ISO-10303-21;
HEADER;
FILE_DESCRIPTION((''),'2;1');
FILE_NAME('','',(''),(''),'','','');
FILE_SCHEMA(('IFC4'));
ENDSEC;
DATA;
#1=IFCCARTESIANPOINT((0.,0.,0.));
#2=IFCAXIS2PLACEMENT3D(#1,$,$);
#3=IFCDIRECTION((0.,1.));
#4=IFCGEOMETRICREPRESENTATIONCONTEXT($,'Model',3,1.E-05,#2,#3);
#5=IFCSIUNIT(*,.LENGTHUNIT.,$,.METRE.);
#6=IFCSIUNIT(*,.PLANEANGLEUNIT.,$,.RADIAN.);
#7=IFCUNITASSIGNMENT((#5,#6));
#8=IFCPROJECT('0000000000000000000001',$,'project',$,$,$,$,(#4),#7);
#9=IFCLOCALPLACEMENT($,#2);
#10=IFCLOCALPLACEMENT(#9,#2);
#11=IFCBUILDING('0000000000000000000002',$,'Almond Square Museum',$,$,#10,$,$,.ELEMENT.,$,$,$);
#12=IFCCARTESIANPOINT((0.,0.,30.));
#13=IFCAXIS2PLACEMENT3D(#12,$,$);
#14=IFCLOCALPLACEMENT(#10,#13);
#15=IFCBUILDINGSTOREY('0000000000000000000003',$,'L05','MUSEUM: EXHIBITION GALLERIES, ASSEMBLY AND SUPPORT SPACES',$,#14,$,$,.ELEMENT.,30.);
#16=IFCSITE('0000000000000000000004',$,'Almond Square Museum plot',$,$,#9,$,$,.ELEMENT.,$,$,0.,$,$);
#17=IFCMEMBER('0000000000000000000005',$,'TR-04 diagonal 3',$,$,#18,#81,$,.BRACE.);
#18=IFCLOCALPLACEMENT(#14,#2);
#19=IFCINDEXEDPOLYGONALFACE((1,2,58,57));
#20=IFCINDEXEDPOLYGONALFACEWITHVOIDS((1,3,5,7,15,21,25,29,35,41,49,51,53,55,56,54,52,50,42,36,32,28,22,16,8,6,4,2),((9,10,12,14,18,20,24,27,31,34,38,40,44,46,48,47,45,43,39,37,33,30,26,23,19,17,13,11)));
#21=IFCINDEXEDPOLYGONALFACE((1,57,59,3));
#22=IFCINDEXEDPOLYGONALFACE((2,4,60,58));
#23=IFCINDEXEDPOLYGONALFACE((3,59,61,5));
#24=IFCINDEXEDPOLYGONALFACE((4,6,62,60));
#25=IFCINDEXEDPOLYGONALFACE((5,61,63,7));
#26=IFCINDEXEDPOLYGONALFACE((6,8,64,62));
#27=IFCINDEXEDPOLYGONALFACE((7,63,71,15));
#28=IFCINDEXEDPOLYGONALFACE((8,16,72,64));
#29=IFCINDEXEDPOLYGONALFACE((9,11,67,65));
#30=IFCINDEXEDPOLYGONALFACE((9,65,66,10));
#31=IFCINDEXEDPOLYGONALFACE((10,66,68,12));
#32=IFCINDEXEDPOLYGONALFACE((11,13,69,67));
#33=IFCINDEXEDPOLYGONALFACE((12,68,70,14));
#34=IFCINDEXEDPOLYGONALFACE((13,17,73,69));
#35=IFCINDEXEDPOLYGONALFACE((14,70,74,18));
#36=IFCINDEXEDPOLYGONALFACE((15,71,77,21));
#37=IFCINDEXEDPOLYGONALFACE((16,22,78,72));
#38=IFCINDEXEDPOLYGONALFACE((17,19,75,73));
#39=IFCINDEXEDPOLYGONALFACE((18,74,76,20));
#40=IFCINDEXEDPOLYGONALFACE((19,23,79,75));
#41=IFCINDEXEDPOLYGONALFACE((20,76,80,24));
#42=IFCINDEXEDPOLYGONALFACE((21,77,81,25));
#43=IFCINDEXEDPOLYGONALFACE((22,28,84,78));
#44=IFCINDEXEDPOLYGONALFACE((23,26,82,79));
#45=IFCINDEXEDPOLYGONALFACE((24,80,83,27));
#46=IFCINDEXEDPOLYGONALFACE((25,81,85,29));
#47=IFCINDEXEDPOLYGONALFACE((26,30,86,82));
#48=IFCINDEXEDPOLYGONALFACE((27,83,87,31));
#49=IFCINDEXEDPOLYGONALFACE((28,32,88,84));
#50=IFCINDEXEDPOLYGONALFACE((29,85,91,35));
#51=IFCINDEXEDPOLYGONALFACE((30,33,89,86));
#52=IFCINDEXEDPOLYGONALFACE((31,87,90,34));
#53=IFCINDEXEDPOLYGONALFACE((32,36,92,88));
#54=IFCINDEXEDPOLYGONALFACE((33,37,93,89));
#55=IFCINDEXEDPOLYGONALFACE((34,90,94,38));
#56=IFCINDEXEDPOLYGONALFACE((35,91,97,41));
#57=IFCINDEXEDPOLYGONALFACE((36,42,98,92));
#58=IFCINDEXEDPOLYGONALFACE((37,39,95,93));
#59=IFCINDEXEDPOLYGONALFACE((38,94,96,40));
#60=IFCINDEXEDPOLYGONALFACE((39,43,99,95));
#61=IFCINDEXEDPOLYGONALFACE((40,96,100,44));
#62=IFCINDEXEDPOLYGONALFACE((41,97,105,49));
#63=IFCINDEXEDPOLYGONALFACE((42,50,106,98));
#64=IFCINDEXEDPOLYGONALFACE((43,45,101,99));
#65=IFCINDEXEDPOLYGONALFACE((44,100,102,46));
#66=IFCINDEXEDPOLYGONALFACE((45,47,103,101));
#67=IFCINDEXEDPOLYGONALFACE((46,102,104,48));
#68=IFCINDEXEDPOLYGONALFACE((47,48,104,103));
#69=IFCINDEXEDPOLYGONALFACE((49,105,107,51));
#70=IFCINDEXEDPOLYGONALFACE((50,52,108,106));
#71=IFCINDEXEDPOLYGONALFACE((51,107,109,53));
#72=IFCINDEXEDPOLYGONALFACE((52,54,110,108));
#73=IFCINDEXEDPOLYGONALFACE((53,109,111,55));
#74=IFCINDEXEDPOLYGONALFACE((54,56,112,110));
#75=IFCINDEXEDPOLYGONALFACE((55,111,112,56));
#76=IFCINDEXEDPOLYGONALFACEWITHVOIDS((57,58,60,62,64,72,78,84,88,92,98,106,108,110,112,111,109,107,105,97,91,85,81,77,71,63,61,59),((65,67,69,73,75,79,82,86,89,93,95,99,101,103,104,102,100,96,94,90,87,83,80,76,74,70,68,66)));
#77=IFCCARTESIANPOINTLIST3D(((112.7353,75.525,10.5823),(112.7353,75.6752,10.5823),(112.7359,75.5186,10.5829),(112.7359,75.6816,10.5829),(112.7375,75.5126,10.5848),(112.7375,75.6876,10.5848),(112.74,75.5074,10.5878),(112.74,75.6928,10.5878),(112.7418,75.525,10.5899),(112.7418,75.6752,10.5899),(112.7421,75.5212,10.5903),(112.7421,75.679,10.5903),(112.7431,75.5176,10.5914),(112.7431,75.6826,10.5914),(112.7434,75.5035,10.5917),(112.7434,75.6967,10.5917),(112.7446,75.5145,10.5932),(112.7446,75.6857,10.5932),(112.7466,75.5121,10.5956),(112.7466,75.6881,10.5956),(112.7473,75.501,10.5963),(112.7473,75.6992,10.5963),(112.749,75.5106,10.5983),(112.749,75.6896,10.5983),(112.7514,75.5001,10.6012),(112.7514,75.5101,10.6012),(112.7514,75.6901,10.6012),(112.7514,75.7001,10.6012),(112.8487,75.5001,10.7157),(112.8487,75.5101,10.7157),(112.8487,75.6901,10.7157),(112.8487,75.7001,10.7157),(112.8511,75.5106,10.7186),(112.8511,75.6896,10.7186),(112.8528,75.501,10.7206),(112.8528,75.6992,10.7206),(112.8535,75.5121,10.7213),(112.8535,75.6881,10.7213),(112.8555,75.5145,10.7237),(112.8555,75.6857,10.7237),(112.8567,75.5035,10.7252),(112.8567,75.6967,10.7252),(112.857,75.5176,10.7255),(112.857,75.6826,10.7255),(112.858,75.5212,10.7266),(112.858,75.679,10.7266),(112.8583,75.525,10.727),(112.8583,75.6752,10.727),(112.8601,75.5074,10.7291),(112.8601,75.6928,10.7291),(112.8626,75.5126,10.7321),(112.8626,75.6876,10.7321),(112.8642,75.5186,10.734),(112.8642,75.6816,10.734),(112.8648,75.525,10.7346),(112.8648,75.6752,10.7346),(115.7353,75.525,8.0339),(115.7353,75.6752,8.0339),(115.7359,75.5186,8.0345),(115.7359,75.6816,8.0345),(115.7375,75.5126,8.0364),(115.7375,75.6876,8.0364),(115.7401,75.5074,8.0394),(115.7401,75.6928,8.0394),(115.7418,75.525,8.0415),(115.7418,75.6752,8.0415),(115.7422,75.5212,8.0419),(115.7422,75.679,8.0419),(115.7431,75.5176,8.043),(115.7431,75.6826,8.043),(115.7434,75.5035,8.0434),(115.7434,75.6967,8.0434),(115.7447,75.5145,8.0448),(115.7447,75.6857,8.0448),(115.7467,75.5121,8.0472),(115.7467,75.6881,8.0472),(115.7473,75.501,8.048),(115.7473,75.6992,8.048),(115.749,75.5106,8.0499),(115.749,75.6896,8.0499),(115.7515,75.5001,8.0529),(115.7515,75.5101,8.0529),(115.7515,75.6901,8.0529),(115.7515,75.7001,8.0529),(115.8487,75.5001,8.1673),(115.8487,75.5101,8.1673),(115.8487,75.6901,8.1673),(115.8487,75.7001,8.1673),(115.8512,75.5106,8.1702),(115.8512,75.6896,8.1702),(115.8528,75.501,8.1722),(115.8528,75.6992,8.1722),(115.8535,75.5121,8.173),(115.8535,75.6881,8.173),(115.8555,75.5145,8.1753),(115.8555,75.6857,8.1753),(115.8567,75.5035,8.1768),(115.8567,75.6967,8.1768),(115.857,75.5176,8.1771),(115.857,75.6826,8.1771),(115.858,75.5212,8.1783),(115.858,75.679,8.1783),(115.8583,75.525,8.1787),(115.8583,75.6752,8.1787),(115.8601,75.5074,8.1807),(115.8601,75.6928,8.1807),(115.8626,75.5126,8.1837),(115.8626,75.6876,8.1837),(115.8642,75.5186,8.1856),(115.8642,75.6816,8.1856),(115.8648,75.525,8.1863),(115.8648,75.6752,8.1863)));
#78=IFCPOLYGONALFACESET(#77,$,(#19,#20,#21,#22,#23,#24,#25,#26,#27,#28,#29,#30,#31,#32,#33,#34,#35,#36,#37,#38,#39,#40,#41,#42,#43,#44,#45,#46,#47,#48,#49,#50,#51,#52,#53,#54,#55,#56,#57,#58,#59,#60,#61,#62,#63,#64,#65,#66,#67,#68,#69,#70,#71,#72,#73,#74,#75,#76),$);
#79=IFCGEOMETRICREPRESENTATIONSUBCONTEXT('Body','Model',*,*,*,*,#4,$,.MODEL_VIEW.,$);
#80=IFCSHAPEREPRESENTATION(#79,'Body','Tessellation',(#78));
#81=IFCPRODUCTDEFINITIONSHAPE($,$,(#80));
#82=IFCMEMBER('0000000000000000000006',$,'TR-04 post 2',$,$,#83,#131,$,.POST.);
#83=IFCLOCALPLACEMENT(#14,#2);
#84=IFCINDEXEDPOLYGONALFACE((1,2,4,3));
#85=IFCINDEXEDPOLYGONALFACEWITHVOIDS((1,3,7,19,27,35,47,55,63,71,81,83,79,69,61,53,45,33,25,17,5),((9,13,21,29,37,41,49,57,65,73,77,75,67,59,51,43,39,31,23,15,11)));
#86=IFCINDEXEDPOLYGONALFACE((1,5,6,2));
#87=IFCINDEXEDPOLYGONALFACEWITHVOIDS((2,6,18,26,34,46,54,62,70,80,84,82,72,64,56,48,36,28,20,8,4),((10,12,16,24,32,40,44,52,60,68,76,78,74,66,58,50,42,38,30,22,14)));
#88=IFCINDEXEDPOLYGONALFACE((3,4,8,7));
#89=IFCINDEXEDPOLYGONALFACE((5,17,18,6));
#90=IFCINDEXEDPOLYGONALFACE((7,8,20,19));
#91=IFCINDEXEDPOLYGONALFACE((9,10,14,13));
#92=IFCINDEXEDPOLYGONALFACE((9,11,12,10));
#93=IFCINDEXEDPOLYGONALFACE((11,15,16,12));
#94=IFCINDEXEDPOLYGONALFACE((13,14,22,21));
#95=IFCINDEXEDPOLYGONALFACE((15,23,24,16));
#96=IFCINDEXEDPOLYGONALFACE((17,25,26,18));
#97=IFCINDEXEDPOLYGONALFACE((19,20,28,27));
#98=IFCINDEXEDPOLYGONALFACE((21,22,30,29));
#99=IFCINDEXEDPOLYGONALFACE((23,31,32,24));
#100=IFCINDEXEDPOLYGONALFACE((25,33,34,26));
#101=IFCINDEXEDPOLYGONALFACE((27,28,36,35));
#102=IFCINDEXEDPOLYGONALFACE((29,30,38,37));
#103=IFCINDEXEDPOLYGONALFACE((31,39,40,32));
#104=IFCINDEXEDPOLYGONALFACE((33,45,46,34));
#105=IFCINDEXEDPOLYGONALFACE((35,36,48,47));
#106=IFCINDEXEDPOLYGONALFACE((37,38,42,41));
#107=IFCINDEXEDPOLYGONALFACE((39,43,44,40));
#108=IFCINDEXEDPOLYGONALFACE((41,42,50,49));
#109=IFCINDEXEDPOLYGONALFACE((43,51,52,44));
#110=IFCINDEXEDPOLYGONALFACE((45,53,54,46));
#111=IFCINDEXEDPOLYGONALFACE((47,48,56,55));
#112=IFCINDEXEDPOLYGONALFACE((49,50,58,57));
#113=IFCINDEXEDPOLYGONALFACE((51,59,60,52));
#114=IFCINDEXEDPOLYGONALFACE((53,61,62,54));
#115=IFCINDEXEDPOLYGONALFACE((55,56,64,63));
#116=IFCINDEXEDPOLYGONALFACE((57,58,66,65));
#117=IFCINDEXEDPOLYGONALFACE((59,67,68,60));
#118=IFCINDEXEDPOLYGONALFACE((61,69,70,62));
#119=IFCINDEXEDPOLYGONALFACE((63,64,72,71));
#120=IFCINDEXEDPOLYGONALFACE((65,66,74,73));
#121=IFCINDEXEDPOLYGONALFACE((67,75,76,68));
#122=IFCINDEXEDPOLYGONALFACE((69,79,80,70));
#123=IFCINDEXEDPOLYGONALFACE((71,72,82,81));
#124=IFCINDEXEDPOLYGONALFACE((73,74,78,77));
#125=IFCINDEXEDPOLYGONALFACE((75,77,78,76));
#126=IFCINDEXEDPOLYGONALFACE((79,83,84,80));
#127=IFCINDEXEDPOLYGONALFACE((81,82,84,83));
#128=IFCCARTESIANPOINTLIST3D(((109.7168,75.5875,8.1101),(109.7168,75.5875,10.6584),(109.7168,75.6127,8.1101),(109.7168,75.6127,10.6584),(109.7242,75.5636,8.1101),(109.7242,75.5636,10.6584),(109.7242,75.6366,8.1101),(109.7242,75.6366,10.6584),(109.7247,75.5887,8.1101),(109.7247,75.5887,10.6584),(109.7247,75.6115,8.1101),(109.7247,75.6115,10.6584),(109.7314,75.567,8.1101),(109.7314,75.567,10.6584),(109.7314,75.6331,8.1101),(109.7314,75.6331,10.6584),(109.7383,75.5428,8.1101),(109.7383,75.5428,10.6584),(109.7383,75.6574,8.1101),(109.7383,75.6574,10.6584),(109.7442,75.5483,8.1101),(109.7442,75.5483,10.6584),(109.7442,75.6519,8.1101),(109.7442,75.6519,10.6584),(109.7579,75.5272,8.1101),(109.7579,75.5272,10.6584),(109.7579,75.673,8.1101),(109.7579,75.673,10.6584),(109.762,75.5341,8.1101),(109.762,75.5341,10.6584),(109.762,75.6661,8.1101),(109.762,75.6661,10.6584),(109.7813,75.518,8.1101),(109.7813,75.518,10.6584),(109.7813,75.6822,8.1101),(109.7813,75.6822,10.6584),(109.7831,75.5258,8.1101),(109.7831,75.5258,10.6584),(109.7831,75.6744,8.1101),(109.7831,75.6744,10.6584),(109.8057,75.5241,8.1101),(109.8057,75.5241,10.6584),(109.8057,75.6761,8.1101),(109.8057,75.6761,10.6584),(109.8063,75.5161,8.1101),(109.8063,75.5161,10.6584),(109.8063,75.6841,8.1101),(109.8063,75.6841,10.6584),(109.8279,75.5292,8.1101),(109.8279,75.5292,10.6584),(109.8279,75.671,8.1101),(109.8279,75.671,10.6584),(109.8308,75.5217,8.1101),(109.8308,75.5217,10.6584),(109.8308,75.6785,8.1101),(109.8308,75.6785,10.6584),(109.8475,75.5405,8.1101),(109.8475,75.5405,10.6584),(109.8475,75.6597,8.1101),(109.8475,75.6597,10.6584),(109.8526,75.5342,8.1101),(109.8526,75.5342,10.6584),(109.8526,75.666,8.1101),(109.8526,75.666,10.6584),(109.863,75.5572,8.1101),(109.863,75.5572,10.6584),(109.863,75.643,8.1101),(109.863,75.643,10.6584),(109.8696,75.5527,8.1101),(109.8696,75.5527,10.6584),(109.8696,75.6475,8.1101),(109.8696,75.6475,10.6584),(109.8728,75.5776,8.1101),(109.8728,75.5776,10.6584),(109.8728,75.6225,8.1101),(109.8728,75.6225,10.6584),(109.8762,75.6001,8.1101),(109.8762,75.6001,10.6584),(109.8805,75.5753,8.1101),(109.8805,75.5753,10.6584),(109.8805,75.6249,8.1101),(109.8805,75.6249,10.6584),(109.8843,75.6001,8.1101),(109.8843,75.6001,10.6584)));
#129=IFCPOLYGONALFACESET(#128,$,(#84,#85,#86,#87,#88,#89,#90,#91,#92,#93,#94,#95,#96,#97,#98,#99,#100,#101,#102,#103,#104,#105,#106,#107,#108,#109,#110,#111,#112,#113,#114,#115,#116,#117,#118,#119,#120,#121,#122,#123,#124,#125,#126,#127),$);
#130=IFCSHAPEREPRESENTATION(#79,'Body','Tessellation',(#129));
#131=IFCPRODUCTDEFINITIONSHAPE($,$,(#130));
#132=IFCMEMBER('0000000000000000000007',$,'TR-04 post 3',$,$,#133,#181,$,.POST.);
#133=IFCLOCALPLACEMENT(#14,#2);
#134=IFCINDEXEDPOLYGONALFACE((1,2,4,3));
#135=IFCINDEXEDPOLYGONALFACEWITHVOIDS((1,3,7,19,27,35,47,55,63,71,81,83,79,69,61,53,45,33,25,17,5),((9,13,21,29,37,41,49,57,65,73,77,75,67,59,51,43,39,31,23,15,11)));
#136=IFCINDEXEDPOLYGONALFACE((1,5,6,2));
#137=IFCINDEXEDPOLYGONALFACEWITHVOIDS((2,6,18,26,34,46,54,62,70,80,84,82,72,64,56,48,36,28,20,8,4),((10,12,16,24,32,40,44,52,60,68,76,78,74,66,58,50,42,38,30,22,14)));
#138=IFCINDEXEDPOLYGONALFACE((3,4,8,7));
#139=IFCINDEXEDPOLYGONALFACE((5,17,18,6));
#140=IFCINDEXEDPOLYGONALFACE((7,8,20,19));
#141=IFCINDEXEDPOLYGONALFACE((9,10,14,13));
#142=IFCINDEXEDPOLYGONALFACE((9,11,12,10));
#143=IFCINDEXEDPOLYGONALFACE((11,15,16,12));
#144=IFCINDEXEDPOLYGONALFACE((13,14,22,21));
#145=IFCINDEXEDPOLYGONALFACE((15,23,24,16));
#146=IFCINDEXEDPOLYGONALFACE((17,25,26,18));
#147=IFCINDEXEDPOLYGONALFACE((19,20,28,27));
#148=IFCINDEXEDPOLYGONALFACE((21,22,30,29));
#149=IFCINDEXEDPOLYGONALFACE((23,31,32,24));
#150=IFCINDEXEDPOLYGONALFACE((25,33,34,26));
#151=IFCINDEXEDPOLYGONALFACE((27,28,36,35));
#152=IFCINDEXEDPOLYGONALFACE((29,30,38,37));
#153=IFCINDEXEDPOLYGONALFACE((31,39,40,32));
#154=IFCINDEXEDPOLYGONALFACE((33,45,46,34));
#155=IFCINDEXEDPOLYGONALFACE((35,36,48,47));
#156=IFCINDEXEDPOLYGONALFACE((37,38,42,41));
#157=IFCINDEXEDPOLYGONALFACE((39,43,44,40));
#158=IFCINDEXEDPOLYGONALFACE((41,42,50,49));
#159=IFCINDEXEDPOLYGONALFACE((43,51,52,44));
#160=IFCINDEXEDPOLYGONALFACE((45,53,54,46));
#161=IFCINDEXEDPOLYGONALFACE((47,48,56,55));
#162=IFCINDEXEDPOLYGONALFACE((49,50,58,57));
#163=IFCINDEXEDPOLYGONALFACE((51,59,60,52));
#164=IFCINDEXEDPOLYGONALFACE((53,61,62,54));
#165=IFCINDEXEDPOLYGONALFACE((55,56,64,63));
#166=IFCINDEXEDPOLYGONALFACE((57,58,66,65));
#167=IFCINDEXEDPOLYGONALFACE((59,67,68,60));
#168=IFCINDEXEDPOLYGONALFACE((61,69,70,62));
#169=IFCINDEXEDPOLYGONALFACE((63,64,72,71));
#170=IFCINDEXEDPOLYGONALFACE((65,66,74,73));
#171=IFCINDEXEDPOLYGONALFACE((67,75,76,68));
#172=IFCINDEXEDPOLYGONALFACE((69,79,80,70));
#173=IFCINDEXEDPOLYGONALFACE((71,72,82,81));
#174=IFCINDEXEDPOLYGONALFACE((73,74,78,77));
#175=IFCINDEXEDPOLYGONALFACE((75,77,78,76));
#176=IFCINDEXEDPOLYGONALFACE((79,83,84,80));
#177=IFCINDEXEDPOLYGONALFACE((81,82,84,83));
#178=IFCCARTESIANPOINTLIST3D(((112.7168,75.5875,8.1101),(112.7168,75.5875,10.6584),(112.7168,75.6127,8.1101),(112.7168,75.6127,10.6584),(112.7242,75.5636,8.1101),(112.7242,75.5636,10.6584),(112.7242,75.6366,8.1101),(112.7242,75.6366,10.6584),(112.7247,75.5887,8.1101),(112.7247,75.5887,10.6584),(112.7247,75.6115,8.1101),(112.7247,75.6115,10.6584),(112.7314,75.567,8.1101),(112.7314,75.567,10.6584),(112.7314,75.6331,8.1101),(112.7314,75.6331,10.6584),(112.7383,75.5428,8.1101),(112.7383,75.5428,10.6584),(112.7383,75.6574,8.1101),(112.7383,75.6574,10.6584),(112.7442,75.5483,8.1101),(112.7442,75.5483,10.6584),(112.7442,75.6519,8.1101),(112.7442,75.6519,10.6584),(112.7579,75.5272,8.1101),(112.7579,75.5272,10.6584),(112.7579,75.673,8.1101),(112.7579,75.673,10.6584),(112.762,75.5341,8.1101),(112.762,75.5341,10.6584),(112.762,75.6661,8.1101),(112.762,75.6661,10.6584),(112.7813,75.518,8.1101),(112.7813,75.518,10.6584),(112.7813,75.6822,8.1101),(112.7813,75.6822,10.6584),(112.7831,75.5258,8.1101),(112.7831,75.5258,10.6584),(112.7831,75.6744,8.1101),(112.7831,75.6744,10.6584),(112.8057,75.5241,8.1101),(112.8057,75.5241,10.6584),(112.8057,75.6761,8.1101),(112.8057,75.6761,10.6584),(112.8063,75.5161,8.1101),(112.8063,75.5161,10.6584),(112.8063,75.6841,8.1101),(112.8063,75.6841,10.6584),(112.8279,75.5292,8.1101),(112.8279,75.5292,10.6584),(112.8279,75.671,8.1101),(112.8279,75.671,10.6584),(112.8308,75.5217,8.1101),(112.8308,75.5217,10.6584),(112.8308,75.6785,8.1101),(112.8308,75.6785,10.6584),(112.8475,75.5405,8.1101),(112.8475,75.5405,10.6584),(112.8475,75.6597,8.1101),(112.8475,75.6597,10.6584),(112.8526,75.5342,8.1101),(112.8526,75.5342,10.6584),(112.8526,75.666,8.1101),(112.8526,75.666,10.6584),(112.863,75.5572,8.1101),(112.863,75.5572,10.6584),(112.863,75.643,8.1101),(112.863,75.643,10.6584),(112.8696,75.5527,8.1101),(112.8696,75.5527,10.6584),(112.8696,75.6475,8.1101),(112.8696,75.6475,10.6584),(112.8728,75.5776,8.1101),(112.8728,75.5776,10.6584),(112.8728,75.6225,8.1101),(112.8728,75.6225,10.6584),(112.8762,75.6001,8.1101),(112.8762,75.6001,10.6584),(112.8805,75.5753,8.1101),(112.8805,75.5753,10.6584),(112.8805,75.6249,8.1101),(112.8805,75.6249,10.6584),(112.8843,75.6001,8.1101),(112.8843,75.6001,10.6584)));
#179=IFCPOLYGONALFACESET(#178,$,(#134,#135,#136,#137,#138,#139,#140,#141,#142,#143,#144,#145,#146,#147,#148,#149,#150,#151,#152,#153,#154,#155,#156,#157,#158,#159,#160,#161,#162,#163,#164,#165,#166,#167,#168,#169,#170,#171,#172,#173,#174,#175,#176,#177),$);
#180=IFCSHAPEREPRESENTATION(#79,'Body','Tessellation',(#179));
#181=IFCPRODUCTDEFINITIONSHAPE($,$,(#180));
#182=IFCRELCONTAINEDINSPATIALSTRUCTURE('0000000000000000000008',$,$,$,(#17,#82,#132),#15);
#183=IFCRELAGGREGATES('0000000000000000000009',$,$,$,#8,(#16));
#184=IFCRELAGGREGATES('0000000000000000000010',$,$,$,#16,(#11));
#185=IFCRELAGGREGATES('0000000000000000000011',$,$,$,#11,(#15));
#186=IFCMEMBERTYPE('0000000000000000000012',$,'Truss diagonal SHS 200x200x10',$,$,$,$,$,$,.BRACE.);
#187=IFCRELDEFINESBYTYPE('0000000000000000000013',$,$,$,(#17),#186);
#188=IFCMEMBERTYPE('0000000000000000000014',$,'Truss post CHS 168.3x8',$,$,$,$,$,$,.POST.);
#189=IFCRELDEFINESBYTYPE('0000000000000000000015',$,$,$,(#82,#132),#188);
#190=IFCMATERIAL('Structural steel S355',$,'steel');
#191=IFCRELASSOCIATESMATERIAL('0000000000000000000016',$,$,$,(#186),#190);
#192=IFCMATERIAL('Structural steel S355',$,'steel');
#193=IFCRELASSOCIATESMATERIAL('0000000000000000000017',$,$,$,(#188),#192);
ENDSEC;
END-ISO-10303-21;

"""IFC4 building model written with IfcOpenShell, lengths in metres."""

from ifc_helpers import new_model, si_unit, direction, frame, origin, origin_2d, place, context, subcontext, project, spatial, hollow_rectangle, hollow_circle, extrude, material, material_profile, profile_set, type_object, element, save


model = new_model("IFC4")

# Units and contexts
model_context = context("Model", 3, precision=1e-05, world=origin(), true_north=direction((0.0, 1.0)))
body_context = subcontext(model_context, "Body", "Model", "MODEL_VIEW")
ifc_project = project(units=[si_unit("LENGTHUNIT", "METRE"), si_unit("PLANEANGLEUNIT", "RADIAN")], contexts=[model_context])

# Site, building, storey
site_placement = place(None, origin())
site = spatial("IfcSite", under=ifc_project, at=site_placement, Name="Almond Square Museum plot", CompositionType="ELEMENT", RefElevation=0.0)
building_placement = place(site_placement, origin())
building = spatial("IfcBuilding", under=site, at=building_placement, Name="Almond Square Museum", CompositionType="ELEMENT")
storey_placement = place(building_placement, frame((0.0, 0.0, 30.0)))
storey = spatial("IfcBuildingStorey", under=building, at=storey_placement, Name="L05", Description="MUSEUM: EXHIBITION GALLERIES, ASSEMBLY AND SUPPORT SPACES", CompositionType="ELEMENT", Elevation=30.0)

# Members
ifc_material_1 = material(Name="Structural steel S355", Category="steel")
ifc_material_profile_1 = material_profile(ifc_material_1, hollow_rectangle(XDim=0.2, YDim=0.2, WallThickness=0.01, InnerFilletRadius=0.0149, OuterFilletRadius=0.0249, at=origin_2d()))
ifc_profile_set_1 = profile_set([ifc_material_profile_1], Name="Structural steel S355")
member_type_1 = type_object("IfcMemberType", Name="Truss diagonal SHS 200x200x10", PredefinedType="BRACE", material=ifc_profile_set_1)
for number, where, z_axis, x_axis, name in (
    (1, (112.8, 75.6001, 10.6584), (0.762147, 0.0, -0.647404), (0.0, 1.0, 0.0), "TR-04 diagonal 3"),
):
    element("IfcMember", number, at=place(storey_placement, frame(where, z_axis=z_axis, x_axis=x_axis)), inside=storey, type_object=member_type_1, Name=name, PredefinedType="BRACE", context=body_context, shape_type="SweptSolid", body=[
        extrude(hollow_rectangle(XDim=0.2, YDim=0.2, WallThickness=0.01, InnerFilletRadius=0.0149, OuterFilletRadius=0.0249, at=origin_2d()), origin(), (0.0, 0.0, 1.0), 3.9363),
    ])
ifc_material_2 = material(Name="Structural steel S355", Category="steel")
ifc_material_profile_2 = material_profile(ifc_material_2, hollow_circle(Radius=0.0842, WallThickness=0.0081, at=origin_2d()))
ifc_profile_set_2 = profile_set([ifc_material_profile_2], Name="Structural steel S355")
member_type_2 = type_object("IfcMemberType", Name="Truss post CHS 168.3x8", PredefinedType="POST", material=ifc_profile_set_2)
for number, where, z_axis, x_axis, name in (
    (2, (109.8, 75.6001, 8.1101), (0.0, 0.0, 1.0), (1.0, 0.0, 0.0), "TR-04 post 2"),
    (3, (112.8, 75.6001, 8.1101), (0.0, 0.0, 1.0), (1.0, 0.0, 0.0), "TR-04 post 3"),
):
    element("IfcMember", number, at=place(storey_placement, frame(where, z_axis=z_axis, x_axis=x_axis)), inside=storey, type_object=member_type_2, Name=name, PredefinedType="POST", context=body_context, shape_type="SweptSolid", body=[
        extrude(hollow_circle(Radius=0.0842, WallThickness=0.0081, at=origin_2d()), origin(), (0.0, 0.0, 1.0), 2.5483),
    ])

save(model, "model.ifc")
